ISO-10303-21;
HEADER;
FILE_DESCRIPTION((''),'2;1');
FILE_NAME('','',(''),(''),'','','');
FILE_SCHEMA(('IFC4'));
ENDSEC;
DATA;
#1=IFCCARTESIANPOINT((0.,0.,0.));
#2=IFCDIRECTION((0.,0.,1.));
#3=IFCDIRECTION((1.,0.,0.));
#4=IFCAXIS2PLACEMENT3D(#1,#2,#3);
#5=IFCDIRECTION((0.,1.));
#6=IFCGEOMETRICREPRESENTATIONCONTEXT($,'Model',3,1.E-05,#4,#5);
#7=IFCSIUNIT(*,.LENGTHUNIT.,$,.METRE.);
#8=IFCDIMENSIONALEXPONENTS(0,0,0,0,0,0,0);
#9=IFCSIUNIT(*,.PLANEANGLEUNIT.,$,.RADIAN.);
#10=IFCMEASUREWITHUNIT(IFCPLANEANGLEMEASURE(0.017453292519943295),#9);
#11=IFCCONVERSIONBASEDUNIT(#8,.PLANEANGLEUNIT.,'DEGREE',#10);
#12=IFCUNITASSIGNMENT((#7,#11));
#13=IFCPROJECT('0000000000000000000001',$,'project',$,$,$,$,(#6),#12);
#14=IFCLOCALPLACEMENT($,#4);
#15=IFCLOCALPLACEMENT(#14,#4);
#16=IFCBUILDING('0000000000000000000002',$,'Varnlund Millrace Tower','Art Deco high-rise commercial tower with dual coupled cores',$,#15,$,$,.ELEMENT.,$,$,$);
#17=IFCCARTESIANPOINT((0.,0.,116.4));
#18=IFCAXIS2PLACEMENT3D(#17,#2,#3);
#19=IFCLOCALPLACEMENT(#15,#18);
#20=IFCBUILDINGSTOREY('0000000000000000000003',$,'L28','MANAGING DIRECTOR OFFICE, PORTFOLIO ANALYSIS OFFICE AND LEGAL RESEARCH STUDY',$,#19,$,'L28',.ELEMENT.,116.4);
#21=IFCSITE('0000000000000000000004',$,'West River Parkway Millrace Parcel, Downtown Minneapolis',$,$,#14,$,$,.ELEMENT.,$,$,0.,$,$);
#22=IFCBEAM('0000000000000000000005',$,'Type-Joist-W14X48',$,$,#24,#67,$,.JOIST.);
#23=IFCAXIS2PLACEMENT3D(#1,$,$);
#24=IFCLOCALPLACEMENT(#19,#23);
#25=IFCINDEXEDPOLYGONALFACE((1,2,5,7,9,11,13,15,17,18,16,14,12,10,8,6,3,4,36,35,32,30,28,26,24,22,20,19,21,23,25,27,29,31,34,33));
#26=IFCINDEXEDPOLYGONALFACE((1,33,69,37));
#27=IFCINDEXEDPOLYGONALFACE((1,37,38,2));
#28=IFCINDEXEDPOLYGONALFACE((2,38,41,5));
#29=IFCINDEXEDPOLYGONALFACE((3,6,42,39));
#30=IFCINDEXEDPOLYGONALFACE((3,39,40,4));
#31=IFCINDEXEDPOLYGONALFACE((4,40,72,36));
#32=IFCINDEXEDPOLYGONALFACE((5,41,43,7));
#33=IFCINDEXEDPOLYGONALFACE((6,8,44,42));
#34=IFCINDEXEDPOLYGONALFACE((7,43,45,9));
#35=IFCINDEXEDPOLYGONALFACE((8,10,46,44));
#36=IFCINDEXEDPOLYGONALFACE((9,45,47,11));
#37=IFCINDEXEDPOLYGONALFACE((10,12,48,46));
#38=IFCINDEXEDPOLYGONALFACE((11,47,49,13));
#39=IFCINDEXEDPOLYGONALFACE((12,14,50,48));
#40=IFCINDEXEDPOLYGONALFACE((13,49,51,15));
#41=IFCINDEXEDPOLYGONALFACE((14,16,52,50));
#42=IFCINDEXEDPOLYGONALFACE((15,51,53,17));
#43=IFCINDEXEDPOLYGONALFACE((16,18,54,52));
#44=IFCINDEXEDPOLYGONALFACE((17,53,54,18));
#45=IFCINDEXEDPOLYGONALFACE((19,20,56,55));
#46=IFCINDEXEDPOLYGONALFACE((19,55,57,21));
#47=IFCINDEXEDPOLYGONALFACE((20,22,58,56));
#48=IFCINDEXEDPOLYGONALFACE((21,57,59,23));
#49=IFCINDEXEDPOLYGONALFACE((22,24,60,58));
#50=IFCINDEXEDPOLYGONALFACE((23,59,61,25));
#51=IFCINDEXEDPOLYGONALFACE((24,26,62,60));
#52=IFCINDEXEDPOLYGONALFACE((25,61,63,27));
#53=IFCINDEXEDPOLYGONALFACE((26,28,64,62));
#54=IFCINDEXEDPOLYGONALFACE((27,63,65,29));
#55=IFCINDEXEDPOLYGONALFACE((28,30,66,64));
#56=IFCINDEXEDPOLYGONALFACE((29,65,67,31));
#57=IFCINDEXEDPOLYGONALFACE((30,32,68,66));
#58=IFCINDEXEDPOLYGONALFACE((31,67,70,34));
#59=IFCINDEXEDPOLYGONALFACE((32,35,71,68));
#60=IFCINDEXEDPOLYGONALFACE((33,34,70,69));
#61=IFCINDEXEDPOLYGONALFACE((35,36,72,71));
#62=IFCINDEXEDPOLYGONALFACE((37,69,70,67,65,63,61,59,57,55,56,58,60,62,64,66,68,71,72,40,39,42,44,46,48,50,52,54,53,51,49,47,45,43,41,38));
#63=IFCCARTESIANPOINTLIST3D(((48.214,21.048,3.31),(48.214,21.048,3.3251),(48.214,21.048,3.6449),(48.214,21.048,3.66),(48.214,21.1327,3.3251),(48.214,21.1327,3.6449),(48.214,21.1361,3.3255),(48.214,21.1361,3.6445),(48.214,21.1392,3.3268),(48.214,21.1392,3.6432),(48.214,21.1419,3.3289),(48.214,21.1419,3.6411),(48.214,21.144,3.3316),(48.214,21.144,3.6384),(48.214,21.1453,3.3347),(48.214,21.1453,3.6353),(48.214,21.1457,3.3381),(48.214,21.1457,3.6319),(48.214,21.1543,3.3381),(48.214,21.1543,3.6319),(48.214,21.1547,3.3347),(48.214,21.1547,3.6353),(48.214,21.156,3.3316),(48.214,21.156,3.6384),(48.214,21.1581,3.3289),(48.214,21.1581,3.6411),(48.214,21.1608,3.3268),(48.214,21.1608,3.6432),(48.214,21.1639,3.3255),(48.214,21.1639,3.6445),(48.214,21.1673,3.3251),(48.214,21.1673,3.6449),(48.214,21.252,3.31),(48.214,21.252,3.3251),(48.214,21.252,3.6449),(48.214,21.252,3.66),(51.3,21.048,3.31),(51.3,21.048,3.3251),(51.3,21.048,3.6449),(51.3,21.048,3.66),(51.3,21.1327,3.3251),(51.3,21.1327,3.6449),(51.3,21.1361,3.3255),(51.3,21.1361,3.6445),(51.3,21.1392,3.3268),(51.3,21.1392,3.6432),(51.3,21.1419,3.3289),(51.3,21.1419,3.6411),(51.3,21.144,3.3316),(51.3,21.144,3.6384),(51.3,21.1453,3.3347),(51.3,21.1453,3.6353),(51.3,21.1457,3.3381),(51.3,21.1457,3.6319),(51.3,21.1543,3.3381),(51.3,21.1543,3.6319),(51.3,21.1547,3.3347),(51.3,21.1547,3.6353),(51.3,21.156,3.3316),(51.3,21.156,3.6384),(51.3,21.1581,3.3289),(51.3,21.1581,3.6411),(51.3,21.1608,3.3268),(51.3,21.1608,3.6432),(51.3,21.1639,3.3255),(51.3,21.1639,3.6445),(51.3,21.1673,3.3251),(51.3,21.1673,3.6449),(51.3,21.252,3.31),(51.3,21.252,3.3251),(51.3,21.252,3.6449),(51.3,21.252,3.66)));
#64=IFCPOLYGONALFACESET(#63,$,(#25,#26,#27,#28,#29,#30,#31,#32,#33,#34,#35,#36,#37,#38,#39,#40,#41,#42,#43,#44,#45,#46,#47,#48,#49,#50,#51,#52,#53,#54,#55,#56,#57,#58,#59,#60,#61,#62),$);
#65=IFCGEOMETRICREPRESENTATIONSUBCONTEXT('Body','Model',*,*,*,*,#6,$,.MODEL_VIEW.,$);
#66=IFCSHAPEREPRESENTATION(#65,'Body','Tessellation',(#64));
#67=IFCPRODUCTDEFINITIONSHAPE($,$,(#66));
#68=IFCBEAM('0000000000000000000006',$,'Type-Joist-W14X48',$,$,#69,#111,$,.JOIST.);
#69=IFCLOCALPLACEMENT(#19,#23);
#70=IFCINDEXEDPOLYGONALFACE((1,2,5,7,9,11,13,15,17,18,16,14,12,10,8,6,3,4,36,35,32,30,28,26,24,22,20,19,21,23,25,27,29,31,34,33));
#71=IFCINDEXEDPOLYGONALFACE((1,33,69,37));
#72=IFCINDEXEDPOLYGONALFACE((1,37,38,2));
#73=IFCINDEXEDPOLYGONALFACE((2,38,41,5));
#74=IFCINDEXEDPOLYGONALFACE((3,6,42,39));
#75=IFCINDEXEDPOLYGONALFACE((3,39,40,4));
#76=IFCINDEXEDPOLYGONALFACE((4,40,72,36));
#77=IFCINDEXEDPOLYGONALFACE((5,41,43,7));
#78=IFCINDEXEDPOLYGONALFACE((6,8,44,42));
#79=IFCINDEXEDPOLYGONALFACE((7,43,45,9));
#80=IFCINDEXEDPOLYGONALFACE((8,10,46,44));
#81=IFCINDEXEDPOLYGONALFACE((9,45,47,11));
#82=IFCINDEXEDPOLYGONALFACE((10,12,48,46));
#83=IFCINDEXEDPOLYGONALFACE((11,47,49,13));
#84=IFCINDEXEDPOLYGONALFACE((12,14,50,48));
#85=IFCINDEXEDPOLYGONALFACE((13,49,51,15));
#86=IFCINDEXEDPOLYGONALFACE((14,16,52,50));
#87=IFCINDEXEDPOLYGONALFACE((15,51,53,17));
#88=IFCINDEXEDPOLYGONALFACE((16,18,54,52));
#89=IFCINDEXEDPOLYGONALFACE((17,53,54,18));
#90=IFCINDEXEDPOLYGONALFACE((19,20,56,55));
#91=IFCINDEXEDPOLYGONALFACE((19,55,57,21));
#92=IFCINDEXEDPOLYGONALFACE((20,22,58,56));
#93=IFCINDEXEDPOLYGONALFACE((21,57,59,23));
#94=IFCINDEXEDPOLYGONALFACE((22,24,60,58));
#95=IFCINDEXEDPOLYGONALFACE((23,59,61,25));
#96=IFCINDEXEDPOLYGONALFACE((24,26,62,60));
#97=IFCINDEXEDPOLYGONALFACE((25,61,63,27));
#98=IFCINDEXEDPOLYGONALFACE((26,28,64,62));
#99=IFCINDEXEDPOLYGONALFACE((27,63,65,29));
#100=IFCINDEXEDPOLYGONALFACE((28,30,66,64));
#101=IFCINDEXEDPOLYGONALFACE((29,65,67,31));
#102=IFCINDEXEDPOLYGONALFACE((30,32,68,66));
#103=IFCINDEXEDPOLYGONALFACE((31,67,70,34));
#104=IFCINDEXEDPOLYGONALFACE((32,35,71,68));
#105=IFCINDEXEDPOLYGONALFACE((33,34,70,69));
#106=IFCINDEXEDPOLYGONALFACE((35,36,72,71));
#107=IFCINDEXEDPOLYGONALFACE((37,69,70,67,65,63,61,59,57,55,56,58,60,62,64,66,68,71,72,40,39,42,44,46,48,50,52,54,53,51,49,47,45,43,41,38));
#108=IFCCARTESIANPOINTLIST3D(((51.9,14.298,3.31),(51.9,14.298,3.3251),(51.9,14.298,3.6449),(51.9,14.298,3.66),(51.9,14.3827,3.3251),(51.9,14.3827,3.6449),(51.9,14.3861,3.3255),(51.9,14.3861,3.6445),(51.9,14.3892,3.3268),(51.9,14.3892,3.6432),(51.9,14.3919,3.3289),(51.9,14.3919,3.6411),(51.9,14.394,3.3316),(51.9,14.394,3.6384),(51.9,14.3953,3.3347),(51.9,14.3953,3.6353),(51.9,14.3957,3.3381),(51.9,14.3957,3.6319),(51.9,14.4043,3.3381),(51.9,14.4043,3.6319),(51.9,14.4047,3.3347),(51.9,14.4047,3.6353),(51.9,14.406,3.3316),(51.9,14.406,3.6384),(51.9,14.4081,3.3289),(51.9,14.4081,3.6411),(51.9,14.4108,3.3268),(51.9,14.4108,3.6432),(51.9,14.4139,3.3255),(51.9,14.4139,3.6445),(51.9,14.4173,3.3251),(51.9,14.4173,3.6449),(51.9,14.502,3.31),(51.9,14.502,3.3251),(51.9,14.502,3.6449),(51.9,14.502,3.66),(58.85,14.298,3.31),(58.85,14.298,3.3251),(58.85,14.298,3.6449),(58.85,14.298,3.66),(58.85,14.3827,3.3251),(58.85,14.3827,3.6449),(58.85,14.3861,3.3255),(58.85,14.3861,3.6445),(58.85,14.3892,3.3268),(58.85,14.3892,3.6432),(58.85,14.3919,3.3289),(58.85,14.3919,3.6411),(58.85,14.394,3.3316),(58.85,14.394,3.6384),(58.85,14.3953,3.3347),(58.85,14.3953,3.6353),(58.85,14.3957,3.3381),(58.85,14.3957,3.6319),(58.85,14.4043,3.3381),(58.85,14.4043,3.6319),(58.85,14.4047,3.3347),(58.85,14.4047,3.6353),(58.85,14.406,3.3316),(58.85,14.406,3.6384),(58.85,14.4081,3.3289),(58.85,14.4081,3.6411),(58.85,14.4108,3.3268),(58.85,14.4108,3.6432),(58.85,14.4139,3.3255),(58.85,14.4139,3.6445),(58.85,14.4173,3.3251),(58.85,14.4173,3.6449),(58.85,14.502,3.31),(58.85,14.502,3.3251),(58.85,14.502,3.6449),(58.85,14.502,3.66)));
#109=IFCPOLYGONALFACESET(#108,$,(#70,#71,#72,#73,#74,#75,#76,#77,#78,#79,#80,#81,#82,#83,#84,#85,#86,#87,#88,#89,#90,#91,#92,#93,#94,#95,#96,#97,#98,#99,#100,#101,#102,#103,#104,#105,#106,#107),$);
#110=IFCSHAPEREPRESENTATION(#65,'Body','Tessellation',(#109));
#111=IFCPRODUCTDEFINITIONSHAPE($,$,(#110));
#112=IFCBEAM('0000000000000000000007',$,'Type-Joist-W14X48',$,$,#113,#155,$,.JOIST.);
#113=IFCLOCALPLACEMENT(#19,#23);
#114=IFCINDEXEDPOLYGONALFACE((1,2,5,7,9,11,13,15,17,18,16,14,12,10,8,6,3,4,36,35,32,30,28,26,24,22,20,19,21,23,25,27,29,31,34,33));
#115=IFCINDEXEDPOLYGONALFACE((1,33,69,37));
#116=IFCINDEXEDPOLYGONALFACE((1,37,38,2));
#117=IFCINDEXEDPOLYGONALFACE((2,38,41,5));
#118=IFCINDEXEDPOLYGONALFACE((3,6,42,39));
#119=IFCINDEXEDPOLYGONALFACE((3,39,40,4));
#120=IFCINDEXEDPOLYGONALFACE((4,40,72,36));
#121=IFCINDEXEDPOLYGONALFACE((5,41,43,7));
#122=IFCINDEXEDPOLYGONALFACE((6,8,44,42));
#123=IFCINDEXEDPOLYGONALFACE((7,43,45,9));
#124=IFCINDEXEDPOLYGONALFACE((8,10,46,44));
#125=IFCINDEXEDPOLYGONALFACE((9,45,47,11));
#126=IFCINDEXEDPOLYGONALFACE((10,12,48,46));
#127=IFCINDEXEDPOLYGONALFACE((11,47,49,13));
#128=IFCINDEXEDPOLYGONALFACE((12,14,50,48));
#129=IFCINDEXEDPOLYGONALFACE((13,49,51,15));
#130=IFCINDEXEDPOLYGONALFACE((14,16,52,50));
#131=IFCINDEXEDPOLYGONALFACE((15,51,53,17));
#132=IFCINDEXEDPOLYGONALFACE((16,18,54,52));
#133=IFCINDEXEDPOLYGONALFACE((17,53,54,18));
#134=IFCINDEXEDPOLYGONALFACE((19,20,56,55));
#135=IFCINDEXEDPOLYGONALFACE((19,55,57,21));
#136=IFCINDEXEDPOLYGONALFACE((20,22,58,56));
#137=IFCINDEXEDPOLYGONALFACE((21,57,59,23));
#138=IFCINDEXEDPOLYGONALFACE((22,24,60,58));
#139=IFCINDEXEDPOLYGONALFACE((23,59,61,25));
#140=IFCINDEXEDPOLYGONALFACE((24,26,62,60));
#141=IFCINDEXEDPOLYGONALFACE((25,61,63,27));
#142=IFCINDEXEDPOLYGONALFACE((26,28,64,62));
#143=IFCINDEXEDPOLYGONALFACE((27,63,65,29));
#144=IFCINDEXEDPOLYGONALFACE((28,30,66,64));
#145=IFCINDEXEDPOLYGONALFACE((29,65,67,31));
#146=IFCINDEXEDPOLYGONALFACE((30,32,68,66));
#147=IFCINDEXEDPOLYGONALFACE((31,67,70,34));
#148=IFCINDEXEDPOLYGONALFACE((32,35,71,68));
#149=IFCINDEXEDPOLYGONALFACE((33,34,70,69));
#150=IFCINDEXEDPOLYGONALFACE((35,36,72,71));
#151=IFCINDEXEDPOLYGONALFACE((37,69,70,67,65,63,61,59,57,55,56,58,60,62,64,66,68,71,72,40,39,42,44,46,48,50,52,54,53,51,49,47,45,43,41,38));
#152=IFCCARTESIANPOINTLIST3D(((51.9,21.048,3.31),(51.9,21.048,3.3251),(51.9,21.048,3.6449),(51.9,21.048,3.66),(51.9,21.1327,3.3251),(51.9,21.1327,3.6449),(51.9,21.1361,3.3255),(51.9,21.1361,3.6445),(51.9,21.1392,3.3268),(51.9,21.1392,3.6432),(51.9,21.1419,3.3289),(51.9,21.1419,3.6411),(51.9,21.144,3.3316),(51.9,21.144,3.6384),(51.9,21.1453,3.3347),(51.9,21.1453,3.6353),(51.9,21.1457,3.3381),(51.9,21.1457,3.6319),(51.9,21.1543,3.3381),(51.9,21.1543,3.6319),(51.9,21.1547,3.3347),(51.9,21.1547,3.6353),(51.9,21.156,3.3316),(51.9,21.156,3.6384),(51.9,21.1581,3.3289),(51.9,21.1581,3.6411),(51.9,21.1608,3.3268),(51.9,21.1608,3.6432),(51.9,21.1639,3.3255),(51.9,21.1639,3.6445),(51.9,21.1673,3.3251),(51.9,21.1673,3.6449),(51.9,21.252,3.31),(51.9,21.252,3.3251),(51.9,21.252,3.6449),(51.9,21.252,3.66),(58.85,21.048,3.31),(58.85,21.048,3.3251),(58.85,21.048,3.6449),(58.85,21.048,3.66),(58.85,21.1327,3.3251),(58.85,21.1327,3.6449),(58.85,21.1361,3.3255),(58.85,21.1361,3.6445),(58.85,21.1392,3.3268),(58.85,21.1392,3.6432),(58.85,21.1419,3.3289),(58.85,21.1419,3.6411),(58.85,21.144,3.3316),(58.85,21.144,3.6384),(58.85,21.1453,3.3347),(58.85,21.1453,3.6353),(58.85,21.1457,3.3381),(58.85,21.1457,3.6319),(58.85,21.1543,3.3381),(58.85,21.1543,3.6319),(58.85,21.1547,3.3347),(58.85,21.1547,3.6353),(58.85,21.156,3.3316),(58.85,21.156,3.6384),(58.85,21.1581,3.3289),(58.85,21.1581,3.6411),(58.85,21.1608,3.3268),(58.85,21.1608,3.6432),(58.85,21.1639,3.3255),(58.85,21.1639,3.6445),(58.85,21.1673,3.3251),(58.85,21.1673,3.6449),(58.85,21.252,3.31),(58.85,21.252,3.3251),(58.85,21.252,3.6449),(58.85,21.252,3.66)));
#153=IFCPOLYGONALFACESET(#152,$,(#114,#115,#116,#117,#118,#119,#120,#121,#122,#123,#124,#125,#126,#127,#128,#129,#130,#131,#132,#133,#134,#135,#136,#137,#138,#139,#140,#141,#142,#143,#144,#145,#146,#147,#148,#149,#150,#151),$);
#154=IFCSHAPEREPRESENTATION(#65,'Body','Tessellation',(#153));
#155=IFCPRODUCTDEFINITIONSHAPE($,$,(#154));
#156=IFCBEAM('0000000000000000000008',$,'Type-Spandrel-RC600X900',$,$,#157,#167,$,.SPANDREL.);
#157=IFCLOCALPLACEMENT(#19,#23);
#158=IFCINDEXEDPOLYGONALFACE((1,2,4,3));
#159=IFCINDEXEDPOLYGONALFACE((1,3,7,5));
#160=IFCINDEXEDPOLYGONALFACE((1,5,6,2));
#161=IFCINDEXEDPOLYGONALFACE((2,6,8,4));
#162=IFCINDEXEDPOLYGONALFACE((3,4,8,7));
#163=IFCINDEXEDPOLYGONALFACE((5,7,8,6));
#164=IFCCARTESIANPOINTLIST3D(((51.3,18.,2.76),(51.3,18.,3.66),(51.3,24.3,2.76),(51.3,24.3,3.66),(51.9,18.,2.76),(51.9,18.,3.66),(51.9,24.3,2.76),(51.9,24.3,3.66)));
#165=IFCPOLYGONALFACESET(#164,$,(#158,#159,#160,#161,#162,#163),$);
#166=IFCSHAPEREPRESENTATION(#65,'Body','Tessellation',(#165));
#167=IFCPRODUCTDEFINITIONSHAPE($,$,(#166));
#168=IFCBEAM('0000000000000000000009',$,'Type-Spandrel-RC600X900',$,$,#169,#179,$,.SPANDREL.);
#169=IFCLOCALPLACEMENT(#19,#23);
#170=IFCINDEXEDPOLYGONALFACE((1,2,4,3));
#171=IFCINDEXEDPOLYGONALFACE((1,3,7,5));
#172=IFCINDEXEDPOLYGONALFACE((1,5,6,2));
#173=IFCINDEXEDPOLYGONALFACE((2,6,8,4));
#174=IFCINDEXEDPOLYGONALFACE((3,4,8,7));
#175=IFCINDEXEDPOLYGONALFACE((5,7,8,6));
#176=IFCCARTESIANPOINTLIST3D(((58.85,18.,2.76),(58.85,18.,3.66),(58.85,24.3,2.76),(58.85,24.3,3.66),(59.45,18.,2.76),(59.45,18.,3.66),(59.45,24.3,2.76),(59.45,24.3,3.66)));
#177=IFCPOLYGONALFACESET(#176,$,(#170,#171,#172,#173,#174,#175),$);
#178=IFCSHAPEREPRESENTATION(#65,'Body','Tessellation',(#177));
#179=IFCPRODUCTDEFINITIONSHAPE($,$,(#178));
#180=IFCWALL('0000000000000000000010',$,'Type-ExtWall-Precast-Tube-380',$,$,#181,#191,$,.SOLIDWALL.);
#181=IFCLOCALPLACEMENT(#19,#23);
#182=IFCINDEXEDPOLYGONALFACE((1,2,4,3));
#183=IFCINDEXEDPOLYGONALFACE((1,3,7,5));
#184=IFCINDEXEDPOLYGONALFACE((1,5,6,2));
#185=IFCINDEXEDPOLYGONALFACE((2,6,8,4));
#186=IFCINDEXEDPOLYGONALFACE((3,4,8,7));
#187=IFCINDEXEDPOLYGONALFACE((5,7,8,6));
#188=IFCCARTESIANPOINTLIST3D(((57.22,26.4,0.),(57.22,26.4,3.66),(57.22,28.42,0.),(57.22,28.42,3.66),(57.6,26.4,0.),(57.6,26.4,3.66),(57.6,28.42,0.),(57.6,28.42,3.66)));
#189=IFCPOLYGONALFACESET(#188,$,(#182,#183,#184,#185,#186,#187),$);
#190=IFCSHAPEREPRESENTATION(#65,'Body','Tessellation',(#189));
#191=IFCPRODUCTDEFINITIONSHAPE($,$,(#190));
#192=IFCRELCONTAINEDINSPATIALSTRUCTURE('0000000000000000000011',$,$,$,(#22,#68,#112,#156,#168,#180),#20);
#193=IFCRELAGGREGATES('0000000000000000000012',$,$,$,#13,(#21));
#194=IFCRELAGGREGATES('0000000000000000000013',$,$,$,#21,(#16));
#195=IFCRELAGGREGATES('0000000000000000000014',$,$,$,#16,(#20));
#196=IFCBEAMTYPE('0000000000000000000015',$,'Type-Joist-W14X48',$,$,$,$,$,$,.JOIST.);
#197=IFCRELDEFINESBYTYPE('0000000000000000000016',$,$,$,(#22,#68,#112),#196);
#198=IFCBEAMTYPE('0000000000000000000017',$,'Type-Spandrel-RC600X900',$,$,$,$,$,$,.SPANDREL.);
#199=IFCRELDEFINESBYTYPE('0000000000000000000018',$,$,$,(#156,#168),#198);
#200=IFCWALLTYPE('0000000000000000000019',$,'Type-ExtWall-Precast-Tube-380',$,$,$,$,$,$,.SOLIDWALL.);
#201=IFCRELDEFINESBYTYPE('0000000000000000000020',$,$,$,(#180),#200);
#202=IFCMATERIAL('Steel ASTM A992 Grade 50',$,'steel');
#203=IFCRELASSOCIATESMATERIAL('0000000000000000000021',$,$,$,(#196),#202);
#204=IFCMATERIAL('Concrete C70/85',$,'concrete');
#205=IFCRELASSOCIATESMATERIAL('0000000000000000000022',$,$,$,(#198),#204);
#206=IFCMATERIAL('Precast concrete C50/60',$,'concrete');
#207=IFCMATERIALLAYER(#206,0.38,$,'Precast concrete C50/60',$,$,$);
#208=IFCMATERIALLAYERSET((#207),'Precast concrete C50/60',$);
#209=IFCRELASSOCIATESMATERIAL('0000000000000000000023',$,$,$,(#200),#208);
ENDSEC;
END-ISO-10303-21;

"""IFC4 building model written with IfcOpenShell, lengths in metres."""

from ifc_helpers import new_model, entity, si_unit, converted_unit, direction, frame, origin_with_axes, origin_2d_with_axis, place, context, subcontext, project, spatial, polyline, rectangle, i_section, outline, extrude, material, layer, layer_set, material_profile, profile_set, type_object, element, save


model = new_model("IFC4")

# Units and contexts
model_context = context("Model", 3, precision=1e-05, world=origin_with_axes(), true_north=direction((0.0, 1.0)))
body_context = subcontext(model_context, "Body", "Model", "MODEL_VIEW")
ifc_project = project(units=[si_unit("LENGTHUNIT", "METRE"), converted_unit("PLANEANGLEUNIT", "DEGREE", entity("IfcPlaneAngleMeasure", 0.017453292519943295), si_unit("PLANEANGLEUNIT", "RADIAN"), dimensions=[0, 0, 0, 0, 0, 0, 0])], contexts=[model_context])

# Site, building, storey
site_placement = place(None, origin_with_axes())
site = spatial("IfcSite", under=ifc_project, at=site_placement, Name="West River Parkway Millrace Parcel, Downtown Minneapolis", CompositionType="ELEMENT", RefElevation=0.0)
building_placement = place(site_placement, origin_with_axes())
building = spatial("IfcBuilding", under=site, at=building_placement, Name="Varnlund Millrace Tower", Description="Art Deco high-rise commercial tower with dual coupled cores", CompositionType="ELEMENT")
storey_placement = place(building_placement, frame((0.0, 0.0, 116.4), z_axis=(0.0, 0.0, 1.0), x_axis=(1.0, 0.0, 0.0)))
storey = spatial("IfcBuildingStorey", under=building, at=storey_placement, Name="L28", Description="MANAGING DIRECTOR OFFICE, PORTFOLIO ANALYSIS OFFICE AND LEGAL RESEARCH STUDY", LongName="L28", CompositionType="ELEMENT", Elevation=116.4)

# Beams
ifc_material_1 = material(Name="Steel ASTM A992 Grade 50", Category="steel")
ifc_material_profile_1 = material_profile(ifc_material_1, i_section(OverallWidth=0.204, OverallDepth=0.35, WebThickness=0.0086, FlangeThickness=0.0151, FilletRadius=0.013, at=origin_2d_with_axis()), Name="Steel ASTM A992 Grade 50")
ifc_profile_set_1 = profile_set([ifc_material_profile_1], Name="Steel ASTM A992 Grade 50")
beam_type_1 = type_object("IfcBeamType", Name="Type-Joist-W14X48", PredefinedType="JOIST", material=ifc_profile_set_1)
for number, where, z_axis, x_axis, name in (
    (1, (48.214, 21.15, 3.485), (1.0, 0.0, 0.0), (0.0, 1.0, 0.0), "Type-Joist-W14X48"),
):
    element("IfcBeam", number, at=place(storey_placement, frame(where, z_axis=z_axis, x_axis=x_axis)), inside=storey, type_object=beam_type_1, Name=name, PredefinedType="JOIST", context=body_context, shape_type="SweptSolid", body=[
        extrude(i_section(OverallWidth=0.204, OverallDepth=0.35, WebThickness=0.0086, FlangeThickness=0.0151, FilletRadius=0.013, at=origin_2d_with_axis()), origin_with_axes(), (0.0, 0.0, 1.0), 3.086),
    ])
for number, where, z_axis, x_axis, name in (
    (2, (51.9, 14.4, 3.485), (1.0, 0.0, 0.0), (0.0, 1.0, 0.0), "Type-Joist-W14X48"),
    (3, (51.9, 21.15, 3.485), (1.0, 0.0, 0.0), (0.0, 1.0, 0.0), "Type-Joist-W14X48"),
):
    element("IfcBeam", number, at=place(storey_placement, frame(where, z_axis=z_axis, x_axis=x_axis)), inside=storey, type_object=beam_type_1, Name=name, PredefinedType="JOIST", context=body_context, shape_type="SweptSolid", body=[
        extrude(i_section(OverallWidth=0.204, OverallDepth=0.35, WebThickness=0.0086, FlangeThickness=0.0151, FilletRadius=0.013, at=origin_2d_with_axis()), origin_with_axes(), (0.0, 0.0, 1.0), 6.95),
    ])
ifc_material_2 = material(Name="Concrete C70/85", Category="concrete")
ifc_material_profile_2 = material_profile(ifc_material_2, rectangle(XDim=0.6, YDim=0.9, at=origin_2d_with_axis()), Name="Concrete C70/85")
ifc_profile_set_2 = profile_set([ifc_material_profile_2], Name="Concrete C70/85")
beam_type_2 = type_object("IfcBeamType", Name="Type-Spandrel-RC600X900", PredefinedType="SPANDREL", material=ifc_profile_set_2)
for number, where, z_axis, x_axis, name in (
    (4, (51.6, 18.0, 3.21), (0.0, 1.0, 0.0), (-1.0, 0.0, 0.0), "Type-Spandrel-RC600X900"),
    (5, (59.15, 18.0, 3.21), (0.0, 1.0, 0.0), (-1.0, 0.0, 0.0), "Type-Spandrel-RC600X900"),
):
    element("IfcBeam", number, at=place(storey_placement, frame(where, z_axis=z_axis, x_axis=x_axis)), inside=storey, type_object=beam_type_2, Name=name, PredefinedType="SPANDREL", context=body_context, shape_type="SweptSolid", body=[
        extrude(rectangle(XDim=0.6, YDim=0.9, at=origin_2d_with_axis()), origin_with_axes(), (0.0, 0.0, 1.0), 6.3),
    ])

# Wall
ifc_material_3 = material(Name="Precast concrete C50/60", Category="concrete")
ifc_layer_1 = layer(ifc_material_3, 0.38, Name="Precast concrete C50/60")
ifc_layer_set_1 = layer_set([ifc_layer_1], Name="Precast concrete C50/60")
wall_type_1 = type_object("IfcWallType", Name="Type-ExtWall-Precast-Tube-380", PredefinedType="SOLIDWALL", material=ifc_layer_set_1)
wall_1_placement = place(storey_placement, frame((57.41, 28.42, 0.0), z_axis=(0.0, 0.0, 1.0), x_axis=(0.0, -1.0, 0.0)))
element("IfcWall", 6, at=wall_1_placement, inside=storey, type_object=wall_type_1, Name="Type-ExtWall-Precast-Tube-380", PredefinedType="SOLIDWALL", context=body_context, shape_type="SweptSolid", body=[
    extrude(outline(polyline([(0.0, -0.19), (2.02, -0.19), (2.02, 0.19), (0.0, 0.19), (0.0, -0.19)])), origin_with_axes(), (0.0, 0.0, 1.0), 3.66),
])

save(model, "model.ifc")
